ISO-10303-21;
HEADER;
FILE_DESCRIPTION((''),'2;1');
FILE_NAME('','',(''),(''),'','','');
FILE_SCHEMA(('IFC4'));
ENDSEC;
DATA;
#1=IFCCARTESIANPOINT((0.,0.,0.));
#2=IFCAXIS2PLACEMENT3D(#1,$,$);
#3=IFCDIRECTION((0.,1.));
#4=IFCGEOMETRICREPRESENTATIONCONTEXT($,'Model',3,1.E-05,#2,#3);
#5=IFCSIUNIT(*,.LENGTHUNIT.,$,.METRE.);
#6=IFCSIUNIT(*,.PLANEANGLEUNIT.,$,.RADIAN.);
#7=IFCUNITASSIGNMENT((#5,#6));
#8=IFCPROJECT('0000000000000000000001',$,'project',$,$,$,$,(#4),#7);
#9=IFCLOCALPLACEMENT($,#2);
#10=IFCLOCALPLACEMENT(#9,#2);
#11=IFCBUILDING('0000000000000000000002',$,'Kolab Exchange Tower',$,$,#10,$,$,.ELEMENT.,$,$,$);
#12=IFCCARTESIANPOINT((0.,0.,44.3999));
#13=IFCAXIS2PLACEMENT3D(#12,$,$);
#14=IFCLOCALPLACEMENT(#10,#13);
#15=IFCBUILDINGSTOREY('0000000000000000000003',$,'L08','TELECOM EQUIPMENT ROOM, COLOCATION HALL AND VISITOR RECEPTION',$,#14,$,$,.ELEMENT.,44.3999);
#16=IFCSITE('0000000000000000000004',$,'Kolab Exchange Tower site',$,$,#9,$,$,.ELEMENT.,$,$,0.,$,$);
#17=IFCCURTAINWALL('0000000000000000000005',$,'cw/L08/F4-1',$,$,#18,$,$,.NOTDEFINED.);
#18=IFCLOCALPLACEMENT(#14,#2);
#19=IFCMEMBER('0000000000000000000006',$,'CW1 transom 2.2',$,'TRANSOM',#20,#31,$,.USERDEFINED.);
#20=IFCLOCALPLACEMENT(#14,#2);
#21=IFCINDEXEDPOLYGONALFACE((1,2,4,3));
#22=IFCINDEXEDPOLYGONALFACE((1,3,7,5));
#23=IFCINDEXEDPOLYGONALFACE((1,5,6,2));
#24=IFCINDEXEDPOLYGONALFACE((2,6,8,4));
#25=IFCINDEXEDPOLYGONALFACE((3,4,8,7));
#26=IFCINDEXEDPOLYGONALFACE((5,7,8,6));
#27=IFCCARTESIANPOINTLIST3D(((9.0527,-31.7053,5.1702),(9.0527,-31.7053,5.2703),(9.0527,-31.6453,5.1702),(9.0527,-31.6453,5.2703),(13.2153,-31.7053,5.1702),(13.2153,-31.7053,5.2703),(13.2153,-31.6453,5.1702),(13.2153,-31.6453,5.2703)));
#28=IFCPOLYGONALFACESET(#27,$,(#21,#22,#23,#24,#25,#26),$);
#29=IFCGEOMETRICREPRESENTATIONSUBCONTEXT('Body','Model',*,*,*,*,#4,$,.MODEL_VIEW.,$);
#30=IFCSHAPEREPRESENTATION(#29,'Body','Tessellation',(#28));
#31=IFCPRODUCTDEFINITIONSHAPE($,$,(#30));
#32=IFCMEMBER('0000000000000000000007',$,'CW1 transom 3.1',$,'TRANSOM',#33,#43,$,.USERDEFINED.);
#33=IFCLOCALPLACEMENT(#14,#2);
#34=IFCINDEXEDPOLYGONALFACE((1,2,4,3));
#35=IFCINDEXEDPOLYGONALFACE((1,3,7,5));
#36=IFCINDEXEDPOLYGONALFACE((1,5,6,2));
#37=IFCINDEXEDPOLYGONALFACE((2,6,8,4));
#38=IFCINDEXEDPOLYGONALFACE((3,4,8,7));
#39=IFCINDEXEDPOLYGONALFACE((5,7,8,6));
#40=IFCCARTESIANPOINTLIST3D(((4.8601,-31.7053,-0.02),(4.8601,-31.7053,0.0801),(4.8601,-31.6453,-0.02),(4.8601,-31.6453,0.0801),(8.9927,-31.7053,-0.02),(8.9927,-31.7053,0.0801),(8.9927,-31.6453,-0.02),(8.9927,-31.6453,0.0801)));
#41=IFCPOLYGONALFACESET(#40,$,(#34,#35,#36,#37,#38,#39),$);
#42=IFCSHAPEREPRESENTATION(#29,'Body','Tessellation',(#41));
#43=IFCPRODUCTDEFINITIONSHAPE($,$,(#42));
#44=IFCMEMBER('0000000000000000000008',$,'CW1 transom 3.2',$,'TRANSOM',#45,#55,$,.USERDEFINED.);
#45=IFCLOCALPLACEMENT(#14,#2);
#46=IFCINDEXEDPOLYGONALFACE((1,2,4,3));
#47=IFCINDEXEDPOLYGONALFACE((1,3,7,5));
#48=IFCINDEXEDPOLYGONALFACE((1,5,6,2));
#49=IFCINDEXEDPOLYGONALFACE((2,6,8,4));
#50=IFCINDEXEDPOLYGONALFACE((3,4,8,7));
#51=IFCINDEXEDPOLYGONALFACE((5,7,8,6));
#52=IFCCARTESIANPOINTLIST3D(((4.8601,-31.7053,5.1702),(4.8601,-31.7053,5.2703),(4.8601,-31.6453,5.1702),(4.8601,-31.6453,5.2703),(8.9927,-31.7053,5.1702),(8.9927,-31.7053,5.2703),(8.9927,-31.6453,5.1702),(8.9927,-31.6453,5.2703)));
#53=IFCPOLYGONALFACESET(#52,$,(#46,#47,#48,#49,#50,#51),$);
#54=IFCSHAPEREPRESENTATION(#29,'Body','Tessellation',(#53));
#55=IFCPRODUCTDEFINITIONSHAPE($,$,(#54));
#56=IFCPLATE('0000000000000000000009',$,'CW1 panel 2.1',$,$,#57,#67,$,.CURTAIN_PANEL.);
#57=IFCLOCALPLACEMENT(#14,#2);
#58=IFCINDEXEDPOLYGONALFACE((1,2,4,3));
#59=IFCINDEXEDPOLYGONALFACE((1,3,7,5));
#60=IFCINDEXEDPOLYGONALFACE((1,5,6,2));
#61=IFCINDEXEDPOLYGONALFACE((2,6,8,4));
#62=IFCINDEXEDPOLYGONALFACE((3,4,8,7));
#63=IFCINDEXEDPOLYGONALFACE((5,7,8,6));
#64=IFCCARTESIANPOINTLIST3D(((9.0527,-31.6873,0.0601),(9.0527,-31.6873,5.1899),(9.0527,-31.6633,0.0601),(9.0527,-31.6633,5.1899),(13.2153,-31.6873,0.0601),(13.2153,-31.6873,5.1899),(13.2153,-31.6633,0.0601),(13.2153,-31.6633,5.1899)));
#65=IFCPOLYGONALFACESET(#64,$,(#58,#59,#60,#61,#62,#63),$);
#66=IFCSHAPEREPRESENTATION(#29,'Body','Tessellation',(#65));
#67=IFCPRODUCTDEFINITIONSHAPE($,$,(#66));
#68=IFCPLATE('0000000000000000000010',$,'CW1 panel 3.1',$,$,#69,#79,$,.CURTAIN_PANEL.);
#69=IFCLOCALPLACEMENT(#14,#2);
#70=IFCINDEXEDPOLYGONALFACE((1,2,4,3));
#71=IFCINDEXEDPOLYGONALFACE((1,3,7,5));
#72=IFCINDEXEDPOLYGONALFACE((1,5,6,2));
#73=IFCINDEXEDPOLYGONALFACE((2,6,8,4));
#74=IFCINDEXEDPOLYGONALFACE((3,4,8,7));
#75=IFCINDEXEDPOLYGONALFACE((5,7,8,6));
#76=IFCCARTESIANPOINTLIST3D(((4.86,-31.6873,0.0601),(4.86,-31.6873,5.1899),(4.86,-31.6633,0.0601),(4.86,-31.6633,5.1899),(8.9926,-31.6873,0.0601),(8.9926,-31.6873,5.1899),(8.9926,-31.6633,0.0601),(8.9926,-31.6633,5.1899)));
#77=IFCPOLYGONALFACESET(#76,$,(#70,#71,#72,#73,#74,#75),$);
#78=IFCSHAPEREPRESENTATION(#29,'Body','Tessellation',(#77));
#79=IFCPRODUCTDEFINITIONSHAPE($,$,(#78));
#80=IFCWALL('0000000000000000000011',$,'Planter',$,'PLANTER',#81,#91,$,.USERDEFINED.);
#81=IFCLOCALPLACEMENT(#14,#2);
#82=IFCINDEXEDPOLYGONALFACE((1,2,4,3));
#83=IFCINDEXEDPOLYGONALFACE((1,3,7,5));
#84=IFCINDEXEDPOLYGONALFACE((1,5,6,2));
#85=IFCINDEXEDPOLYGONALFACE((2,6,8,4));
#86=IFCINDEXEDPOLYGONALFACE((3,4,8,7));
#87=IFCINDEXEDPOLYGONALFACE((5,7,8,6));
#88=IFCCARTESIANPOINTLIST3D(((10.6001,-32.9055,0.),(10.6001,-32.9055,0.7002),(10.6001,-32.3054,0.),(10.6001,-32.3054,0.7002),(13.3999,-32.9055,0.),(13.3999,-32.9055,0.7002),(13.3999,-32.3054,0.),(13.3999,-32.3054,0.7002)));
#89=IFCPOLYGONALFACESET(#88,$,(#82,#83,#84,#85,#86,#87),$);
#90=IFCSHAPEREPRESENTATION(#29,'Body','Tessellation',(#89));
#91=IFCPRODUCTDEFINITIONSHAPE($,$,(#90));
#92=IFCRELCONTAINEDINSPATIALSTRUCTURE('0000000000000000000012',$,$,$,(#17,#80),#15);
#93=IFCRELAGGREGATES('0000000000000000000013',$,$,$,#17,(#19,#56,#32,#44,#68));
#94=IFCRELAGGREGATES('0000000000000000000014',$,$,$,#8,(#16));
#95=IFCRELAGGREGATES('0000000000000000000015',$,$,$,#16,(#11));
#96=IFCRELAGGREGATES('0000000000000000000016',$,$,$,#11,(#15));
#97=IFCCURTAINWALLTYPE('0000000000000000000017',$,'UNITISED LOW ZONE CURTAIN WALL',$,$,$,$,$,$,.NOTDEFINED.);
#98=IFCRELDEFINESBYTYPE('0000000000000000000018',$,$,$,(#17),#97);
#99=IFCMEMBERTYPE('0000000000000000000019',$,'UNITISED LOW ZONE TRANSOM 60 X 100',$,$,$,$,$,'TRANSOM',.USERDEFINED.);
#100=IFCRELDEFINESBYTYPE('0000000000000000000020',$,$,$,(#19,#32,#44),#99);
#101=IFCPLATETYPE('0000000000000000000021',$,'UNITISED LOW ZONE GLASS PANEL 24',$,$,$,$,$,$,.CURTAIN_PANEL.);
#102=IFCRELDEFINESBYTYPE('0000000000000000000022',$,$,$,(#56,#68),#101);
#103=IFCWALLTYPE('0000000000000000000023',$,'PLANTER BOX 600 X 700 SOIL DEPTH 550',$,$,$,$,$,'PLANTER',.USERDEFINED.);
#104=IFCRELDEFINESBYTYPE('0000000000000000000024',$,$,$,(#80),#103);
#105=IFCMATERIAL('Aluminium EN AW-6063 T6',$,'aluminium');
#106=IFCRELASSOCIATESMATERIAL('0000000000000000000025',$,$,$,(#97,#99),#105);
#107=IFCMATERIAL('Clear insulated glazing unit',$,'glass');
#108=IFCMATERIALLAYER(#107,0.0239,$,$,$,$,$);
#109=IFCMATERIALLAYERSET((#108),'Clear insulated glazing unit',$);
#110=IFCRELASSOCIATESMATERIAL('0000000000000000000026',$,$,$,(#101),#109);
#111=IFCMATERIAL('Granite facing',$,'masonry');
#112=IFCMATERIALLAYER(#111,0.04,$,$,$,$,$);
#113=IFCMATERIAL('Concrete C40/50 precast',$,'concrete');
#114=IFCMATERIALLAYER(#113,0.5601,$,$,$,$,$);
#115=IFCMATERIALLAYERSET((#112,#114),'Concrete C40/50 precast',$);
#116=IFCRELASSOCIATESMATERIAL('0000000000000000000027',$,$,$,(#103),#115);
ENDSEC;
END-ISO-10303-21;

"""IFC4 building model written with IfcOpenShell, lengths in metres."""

from ifc_helpers import new_model, si_unit, direction, frame, frame_2d, origin, origin_2d, place, context, subcontext, project, spatial, rectangle, extrude, material, layer, layer_set, material_profile, profile_set, type_object, element, aggregate, save


model = new_model("IFC4")

# Units and contexts
model_context = context("Model", 3, precision=1e-05, world=origin(), true_north=direction((0.0, 1.0)))
body_context = subcontext(model_context, "Body", "Model", "MODEL_VIEW")
ifc_project = project(units=[si_unit("LENGTHUNIT", "METRE"), si_unit("PLANEANGLEUNIT", "RADIAN")], contexts=[model_context])

# Site, building, storey
site_placement = place(None, origin())
site = spatial("IfcSite", under=ifc_project, at=site_placement, Name="Kolab Exchange Tower site", CompositionType="ELEMENT", RefElevation=0.0)
building_placement = place(site_placement, origin())
building = spatial("IfcBuilding", under=site, at=building_placement, Name="Kolab Exchange Tower", CompositionType="ELEMENT")
storey_placement = place(building_placement, frame((0.0, 0.0, 44.3999)))
storey = spatial("IfcBuildingStorey", under=building, at=storey_placement, Name="L08", Description="TELECOM EQUIPMENT ROOM, COLOCATION HALL AND VISITOR RECEPTION", CompositionType="ELEMENT", Elevation=44.3999)

# Curtain wall, members, plates
ifc_material_1 = material(Name="Aluminium EN AW-6063 T6", Category="aluminium")
curtain_wall_type = type_object("IfcCurtainWallType", Name="UNITISED LOW ZONE CURTAIN WALL", PredefinedType="NOTDEFINED", material=ifc_material_1)
curtain_wall_placement = place(storey_placement, origin())
curtain_wall = element("IfcCurtainWall", 1, at=curtain_wall_placement, inside=storey, type_object=curtain_wall_type, Name="cw/L08/F4-1", PredefinedType="NOTDEFINED")
ifc_material_profile_1 = material_profile(ifc_material_1, rectangle(XDim=0.0601, YDim=0.1001, at=origin_2d()), Name="RECT 60X100")
ifc_profile_set_1 = profile_set([ifc_material_profile_1], Name="Aluminium EN AW-6063 T6")
member_type_1 = type_object("IfcMemberType", Name="UNITISED LOW ZONE TRANSOM 60 X 100", ElementType="TRANSOM", PredefinedType="USERDEFINED", material=ifc_profile_set_1)
member_1_placement = place(storey_placement, frame((13.2153, -31.6753, 5.2202), z_axis=(-1.0, 0.0, 0.0), x_axis=(0.0, -1.0, 0.0)))
member_1 = element("IfcMember", 2, at=member_1_placement, type_object=member_type_1, Name="CW1 transom 2.2", ObjectType="TRANSOM", PredefinedType="USERDEFINED", context=body_context, shape_type="SweptSolid", body=[
    extrude(rectangle(XDim=0.0601, YDim=0.1001, at=origin_2d()), origin(), (0.0, 0.0, 1.0), 4.1626),
])
member_2_placement = place(storey_placement, frame((8.9927, -31.6753, 0.03), z_axis=(-1.0, 0.0, 0.0), x_axis=(0.0, -1.0, 0.0)))
member_2 = element("IfcMember", 3, at=member_2_placement, type_object=member_type_1, Name="CW1 transom 3.1", ObjectType="TRANSOM", PredefinedType="USERDEFINED", context=body_context, shape_type="SweptSolid", body=[
    extrude(rectangle(XDim=0.0601, YDim=0.1001, at=origin_2d()), origin(), (0.0, 0.0, 1.0), 4.1326),
])
member_3_placement = place(storey_placement, frame((8.9927, -31.6753, 5.2202), z_axis=(-1.0, 0.0, 0.0), x_axis=(0.0, -1.0, 0.0)))
member_3 = element("IfcMember", 4, at=member_3_placement, type_object=member_type_1, Name="CW1 transom 3.2", ObjectType="TRANSOM", PredefinedType="USERDEFINED", context=body_context, shape_type="SweptSolid", body=[
    extrude(rectangle(XDim=0.0601, YDim=0.1001, at=origin_2d()), origin(), (0.0, 0.0, 1.0), 4.1326),
])
ifc_material_2 = material(Name="Clear insulated glazing unit", Category="glass")
ifc_layer_1 = layer(ifc_material_2, 0.0239)
ifc_layer_set_1 = layer_set([ifc_layer_1], Name="Clear insulated glazing unit")
plate_type = type_object("IfcPlateType", Name="UNITISED LOW ZONE GLASS PANEL 24", PredefinedType="CURTAIN_PANEL", material=ifc_layer_set_1)
plate_1_placement = place(storey_placement, frame((11.134, -31.6753, 0.0601), z_axis=(0.0, 0.0, 1.0), x_axis=(-1.0, 0.0, 0.0)))
plate_1 = element("IfcPlate", 5, at=plate_1_placement, type_object=plate_type, Name="CW1 panel 2.1", PredefinedType="CURTAIN_PANEL", context=body_context, shape_type="SweptSolid", body=[
    extrude(rectangle(XDim=4.1626, YDim=0.0239, at=origin_2d()), origin(), (0.0, 0.0, 1.0), 5.1299),
])
plate_2_placement = place(storey_placement, frame((6.9263, -31.6753, 0.0601), z_axis=(0.0, 0.0, 1.0), x_axis=(-1.0, 0.0, 0.0)))
plate_2 = element("IfcPlate", 6, at=plate_2_placement, type_object=plate_type, Name="CW1 panel 3.1", PredefinedType="CURTAIN_PANEL", context=body_context, shape_type="SweptSolid", body=[
    extrude(rectangle(XDim=4.1326, YDim=0.0239, at=origin_2d()), origin(), (0.0, 0.0, 1.0), 5.1299),
])
aggregate(curtain_wall, [member_1, plate_1, member_2, member_3, plate_2])

# Wall
ifc_material_3 = material(Name="Granite facing", Category="masonry")
ifc_layer_2 = layer(ifc_material_3, 0.04)
ifc_material_4 = material(Name="Concrete C40/50 precast", Category="concrete")
ifc_layer_3 = layer(ifc_material_4, 0.5601)
ifc_layer_set_2 = layer_set([ifc_layer_2, ifc_layer_3], Name="Concrete C40/50 precast")
wall_type_1 = type_object("IfcWallType", Name="PLANTER BOX 600 X 700 SOIL DEPTH 550", ElementType="PLANTER", PredefinedType="USERDEFINED", material=ifc_layer_set_2)
wall_1_placement = place(storey_placement, frame((13.3999, -32.6055, 0.0), z_axis=(0.0, 0.0, 1.0), x_axis=(-1.0, 0.0, 0.0)))
element("IfcWall", 7, at=wall_1_placement, inside=storey, type_object=wall_type_1, Name="Planter", ObjectType="PLANTER", PredefinedType="USERDEFINED", context=body_context, shape_type="SweptSolid", body=[
    extrude(rectangle(XDim=2.7998, YDim=0.6001, at=frame_2d((1.3999, 0.0))), origin(), (0.0, 0.0, 1.0), 0.7002),
])

save(model, "model.ifc")
